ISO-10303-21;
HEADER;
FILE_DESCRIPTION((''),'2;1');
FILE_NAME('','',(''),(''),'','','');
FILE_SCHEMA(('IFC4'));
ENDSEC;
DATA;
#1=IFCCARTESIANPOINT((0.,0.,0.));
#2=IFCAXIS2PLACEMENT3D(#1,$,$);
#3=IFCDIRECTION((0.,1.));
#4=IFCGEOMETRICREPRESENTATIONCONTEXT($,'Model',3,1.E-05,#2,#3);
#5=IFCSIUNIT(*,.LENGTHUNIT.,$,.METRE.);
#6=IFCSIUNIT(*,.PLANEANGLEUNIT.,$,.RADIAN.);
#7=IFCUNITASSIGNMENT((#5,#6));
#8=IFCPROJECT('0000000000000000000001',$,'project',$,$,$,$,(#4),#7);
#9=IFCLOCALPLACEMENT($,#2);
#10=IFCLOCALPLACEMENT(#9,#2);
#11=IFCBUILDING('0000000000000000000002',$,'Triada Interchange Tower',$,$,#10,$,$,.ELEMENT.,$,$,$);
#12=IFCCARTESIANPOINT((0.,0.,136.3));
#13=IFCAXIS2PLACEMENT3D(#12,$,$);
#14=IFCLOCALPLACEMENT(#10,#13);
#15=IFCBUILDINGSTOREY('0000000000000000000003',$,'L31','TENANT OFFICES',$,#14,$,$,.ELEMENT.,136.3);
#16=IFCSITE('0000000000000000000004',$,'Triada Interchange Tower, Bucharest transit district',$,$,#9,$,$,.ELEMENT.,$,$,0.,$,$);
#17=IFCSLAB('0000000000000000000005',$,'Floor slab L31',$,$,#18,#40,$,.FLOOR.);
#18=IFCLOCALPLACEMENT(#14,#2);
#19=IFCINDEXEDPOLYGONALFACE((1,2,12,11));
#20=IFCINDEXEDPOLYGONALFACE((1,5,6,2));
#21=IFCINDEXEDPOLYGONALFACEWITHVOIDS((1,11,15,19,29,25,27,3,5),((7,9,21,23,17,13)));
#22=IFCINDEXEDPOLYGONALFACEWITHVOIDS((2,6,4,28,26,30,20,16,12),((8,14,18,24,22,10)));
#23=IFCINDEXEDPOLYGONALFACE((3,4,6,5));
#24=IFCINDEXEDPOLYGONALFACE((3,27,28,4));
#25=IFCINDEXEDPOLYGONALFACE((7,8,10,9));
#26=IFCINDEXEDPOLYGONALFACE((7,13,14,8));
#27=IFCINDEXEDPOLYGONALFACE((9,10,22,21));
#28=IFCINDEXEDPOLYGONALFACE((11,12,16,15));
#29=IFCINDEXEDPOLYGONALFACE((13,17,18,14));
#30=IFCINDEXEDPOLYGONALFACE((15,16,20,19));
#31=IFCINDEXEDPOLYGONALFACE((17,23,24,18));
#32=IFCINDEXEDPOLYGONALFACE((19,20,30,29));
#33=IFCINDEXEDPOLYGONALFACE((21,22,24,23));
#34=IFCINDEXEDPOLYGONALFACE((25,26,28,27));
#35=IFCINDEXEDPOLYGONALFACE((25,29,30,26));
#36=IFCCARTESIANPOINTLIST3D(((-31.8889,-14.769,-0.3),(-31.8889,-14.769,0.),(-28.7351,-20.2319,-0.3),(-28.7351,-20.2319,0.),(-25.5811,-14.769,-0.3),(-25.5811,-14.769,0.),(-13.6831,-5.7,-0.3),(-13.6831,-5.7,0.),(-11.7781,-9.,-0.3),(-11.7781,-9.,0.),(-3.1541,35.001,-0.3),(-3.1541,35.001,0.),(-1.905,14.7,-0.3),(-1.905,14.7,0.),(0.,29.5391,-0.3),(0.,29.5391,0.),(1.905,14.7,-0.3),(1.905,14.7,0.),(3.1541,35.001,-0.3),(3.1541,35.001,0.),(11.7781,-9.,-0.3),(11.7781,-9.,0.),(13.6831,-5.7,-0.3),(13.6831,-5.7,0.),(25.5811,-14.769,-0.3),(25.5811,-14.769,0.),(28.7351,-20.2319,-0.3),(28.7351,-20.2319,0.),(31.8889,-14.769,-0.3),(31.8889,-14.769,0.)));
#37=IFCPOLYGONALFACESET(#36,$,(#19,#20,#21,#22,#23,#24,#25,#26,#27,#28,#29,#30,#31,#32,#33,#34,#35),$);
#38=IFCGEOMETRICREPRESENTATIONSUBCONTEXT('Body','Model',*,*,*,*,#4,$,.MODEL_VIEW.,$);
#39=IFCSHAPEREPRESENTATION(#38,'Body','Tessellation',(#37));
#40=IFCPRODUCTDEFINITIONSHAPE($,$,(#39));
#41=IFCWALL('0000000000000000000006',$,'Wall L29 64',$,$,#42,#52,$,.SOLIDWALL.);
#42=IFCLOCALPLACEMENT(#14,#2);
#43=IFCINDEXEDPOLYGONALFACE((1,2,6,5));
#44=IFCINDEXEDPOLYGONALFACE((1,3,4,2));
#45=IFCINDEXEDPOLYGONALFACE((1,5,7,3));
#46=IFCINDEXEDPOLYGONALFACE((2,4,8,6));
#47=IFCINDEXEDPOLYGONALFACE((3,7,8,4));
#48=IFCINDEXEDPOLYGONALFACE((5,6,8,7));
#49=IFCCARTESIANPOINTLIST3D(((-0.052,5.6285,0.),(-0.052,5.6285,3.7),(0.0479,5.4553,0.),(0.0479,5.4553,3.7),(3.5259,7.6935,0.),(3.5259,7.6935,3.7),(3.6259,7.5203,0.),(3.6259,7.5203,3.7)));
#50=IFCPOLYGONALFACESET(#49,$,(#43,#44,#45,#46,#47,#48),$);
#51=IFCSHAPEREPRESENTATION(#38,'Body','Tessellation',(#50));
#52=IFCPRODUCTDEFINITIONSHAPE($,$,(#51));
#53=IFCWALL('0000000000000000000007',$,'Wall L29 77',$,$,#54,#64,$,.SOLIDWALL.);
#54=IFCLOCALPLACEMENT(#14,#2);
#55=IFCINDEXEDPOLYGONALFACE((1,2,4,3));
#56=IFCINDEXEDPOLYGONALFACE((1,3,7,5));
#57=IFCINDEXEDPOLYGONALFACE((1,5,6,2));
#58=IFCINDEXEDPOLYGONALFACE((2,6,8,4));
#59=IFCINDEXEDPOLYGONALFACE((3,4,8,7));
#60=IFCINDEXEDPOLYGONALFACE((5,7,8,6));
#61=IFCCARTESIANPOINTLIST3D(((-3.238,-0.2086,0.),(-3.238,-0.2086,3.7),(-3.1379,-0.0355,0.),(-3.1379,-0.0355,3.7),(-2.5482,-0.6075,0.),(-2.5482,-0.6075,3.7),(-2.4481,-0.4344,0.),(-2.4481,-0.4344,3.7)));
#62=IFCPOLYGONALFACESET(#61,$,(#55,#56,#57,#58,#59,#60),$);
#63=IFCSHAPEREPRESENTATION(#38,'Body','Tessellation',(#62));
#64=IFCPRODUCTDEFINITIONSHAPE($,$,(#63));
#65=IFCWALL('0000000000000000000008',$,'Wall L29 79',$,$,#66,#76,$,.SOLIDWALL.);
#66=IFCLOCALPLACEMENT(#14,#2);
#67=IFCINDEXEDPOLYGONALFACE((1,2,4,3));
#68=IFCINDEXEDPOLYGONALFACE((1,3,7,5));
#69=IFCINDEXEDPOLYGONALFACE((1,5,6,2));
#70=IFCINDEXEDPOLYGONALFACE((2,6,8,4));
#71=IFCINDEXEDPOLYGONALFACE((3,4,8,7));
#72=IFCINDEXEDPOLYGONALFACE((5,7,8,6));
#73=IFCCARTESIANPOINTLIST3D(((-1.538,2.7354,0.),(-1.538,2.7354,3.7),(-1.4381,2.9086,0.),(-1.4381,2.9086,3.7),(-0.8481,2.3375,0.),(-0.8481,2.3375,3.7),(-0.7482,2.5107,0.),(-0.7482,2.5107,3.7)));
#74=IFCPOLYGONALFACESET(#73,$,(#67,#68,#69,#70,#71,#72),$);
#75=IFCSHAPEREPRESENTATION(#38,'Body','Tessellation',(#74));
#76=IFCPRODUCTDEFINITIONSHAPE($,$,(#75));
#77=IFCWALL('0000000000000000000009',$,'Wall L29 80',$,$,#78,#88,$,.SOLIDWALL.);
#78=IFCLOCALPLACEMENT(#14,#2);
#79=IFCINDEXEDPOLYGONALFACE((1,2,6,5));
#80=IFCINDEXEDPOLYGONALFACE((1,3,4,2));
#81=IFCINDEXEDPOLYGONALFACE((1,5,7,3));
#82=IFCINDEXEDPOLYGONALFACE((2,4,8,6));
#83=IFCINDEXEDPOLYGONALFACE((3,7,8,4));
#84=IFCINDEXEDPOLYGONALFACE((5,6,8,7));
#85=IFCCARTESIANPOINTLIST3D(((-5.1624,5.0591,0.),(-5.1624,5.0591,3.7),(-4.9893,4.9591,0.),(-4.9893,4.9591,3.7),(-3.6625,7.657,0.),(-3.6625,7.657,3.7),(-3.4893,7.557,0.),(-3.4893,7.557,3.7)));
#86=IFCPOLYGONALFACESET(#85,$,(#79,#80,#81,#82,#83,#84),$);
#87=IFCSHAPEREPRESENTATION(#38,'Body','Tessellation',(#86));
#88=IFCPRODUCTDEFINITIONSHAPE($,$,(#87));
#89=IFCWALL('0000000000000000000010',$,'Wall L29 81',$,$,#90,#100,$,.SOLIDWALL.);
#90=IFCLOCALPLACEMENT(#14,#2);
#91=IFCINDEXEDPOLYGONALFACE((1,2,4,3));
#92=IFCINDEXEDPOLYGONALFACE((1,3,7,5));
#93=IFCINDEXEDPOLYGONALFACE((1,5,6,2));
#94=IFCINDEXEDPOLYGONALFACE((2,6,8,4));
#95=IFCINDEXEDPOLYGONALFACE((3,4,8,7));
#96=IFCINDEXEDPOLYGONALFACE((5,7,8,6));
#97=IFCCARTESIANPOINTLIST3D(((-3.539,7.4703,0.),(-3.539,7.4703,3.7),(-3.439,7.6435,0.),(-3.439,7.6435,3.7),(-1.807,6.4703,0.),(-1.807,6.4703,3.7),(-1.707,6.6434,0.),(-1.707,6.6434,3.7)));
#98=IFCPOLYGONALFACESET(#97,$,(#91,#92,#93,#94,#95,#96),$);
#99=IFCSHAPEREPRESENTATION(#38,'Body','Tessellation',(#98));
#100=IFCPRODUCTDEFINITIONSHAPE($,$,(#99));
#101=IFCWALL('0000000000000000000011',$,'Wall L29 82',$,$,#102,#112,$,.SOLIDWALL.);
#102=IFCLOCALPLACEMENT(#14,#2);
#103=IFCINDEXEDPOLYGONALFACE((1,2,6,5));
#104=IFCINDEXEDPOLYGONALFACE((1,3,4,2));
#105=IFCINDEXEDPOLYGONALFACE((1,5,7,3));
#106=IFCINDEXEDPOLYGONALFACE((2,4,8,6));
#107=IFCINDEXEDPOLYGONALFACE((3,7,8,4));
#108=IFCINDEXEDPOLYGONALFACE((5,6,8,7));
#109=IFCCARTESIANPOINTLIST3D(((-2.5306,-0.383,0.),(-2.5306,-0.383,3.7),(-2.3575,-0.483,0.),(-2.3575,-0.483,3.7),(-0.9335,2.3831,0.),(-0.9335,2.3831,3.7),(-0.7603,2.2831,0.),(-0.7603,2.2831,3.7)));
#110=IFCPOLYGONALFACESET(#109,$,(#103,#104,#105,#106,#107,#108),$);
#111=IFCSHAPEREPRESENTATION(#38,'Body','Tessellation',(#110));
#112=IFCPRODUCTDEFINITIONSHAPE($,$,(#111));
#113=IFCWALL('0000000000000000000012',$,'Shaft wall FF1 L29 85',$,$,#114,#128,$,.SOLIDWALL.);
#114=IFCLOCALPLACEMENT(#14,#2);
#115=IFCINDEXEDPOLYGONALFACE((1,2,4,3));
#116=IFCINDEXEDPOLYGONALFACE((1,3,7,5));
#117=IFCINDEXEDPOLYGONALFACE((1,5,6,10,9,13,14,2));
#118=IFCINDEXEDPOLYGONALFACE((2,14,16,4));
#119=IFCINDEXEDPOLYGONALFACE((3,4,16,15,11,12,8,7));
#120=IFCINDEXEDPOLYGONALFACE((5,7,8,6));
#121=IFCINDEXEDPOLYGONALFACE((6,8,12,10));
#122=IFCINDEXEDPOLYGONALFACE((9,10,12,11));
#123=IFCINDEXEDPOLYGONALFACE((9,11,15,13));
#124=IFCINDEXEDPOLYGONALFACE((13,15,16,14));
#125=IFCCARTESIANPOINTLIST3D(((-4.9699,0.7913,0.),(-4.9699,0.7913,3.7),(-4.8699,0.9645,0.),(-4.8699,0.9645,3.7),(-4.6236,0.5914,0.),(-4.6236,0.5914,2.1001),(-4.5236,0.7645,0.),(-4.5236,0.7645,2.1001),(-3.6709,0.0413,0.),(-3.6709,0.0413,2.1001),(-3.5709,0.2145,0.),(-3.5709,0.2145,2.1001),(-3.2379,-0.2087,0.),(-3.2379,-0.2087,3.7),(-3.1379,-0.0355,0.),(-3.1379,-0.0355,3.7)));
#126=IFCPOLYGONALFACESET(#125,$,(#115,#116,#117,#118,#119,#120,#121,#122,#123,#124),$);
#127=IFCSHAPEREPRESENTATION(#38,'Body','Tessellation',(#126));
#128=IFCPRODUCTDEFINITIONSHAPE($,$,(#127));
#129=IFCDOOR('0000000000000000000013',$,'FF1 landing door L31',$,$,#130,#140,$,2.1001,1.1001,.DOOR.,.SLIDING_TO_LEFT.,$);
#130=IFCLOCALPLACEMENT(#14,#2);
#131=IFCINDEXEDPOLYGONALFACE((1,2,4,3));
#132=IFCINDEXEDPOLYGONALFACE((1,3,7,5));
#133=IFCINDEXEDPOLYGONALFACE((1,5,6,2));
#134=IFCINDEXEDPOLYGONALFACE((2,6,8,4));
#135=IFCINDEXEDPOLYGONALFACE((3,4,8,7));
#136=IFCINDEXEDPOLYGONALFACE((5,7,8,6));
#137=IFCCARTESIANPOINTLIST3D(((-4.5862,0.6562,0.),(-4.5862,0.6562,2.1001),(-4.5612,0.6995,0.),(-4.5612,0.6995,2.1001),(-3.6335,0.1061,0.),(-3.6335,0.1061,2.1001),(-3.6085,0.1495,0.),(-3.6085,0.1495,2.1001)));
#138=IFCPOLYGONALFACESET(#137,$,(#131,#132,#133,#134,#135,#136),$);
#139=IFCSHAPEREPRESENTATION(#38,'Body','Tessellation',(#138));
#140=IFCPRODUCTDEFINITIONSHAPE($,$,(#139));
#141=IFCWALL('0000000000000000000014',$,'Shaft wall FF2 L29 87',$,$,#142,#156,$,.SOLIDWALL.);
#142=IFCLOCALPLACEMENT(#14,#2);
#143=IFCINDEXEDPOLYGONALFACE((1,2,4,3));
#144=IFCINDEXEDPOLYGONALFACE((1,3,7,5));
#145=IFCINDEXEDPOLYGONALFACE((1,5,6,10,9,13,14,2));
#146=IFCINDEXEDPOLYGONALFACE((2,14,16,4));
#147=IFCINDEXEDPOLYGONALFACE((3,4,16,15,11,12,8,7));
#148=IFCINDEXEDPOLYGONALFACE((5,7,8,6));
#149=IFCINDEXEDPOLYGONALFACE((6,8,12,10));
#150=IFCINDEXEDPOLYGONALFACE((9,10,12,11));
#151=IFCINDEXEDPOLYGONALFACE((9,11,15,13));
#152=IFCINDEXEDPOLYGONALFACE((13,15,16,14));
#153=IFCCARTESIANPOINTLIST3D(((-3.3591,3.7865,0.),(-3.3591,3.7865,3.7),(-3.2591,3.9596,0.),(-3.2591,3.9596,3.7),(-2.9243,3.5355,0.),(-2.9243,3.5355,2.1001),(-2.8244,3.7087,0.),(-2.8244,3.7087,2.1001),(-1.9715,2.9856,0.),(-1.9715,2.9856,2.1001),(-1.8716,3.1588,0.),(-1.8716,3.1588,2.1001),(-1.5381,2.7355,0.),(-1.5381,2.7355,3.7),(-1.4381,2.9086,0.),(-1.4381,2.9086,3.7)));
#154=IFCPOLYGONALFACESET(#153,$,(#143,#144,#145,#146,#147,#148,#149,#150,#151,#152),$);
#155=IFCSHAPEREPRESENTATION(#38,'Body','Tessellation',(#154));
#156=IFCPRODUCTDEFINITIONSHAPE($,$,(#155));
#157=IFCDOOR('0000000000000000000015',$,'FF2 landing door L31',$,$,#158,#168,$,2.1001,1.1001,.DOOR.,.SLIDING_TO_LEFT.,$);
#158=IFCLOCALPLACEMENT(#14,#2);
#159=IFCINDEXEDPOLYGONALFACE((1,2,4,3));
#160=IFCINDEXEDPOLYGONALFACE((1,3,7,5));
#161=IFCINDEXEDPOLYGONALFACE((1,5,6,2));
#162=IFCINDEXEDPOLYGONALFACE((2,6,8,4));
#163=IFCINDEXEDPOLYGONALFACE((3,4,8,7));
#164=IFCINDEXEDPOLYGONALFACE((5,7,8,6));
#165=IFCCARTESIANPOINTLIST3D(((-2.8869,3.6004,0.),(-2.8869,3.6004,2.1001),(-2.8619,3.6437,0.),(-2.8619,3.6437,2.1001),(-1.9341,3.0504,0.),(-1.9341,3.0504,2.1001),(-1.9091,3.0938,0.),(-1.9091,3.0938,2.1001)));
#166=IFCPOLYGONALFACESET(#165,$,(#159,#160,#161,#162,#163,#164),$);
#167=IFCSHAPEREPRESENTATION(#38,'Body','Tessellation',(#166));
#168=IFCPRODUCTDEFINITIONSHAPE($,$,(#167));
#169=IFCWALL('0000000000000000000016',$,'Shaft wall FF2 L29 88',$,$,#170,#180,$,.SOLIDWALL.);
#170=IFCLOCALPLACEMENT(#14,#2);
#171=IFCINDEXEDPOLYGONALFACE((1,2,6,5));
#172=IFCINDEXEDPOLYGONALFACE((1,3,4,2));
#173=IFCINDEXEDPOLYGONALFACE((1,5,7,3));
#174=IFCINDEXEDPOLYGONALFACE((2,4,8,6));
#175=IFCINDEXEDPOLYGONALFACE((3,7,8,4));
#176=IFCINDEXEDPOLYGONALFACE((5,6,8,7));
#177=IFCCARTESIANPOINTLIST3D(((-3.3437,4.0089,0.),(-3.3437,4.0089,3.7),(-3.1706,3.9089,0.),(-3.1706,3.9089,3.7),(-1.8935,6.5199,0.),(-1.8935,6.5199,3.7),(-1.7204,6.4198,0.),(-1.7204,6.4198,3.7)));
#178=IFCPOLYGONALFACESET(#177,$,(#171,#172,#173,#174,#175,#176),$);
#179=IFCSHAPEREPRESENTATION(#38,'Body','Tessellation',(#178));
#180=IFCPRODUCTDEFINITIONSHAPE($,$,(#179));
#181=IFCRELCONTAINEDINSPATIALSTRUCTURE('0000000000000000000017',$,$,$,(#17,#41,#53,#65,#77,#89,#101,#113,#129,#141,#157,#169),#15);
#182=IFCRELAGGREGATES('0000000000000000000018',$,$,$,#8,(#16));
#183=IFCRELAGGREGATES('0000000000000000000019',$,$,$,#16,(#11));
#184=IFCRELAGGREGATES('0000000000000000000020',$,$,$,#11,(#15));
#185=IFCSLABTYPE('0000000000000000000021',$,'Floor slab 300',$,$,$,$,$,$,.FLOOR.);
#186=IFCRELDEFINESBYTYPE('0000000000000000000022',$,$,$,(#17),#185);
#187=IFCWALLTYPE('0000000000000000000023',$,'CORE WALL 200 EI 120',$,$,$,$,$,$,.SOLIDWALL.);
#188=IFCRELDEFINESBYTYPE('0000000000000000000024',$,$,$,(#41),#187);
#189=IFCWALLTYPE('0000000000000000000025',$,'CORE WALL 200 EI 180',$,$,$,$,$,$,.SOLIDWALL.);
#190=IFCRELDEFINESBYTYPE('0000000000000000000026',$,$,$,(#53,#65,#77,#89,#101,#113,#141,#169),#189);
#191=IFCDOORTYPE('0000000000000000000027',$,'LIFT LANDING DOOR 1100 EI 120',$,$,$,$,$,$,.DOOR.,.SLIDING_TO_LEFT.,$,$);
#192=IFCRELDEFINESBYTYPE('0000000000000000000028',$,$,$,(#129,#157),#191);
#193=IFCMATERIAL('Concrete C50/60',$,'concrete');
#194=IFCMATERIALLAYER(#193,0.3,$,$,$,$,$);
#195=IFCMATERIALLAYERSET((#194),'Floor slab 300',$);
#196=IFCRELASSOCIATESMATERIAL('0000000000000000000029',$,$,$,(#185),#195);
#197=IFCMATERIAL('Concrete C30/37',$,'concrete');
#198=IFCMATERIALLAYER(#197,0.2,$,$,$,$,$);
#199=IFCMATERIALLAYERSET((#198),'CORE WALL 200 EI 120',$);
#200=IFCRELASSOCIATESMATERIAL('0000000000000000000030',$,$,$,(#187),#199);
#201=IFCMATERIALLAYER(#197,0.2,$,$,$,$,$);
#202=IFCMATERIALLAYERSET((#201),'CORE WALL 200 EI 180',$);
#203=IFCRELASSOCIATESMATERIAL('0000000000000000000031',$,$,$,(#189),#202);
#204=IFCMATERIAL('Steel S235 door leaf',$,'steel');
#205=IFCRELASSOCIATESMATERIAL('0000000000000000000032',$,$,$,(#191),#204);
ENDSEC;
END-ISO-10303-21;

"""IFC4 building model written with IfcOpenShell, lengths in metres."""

from ifc_helpers import new_model, si_unit, direction, frame, frame_2d, origin, place, context, subcontext, project, spatial, polyline, rectangle, outline, extrude, material, layer, layer_set, type_object, element, fill, save


model = new_model("IFC4")

# Units and contexts
model_context = context("Model", 3, precision=1e-05, world=origin(), true_north=direction((0.0, 1.0)))
body_context = subcontext(model_context, "Body", "Model", "MODEL_VIEW")
ifc_project = project(units=[si_unit("LENGTHUNIT", "METRE"), si_unit("PLANEANGLEUNIT", "RADIAN")], contexts=[model_context])

# Site, building, storey
site_placement = place(None, origin())
site = spatial("IfcSite", under=ifc_project, at=site_placement, Name="Triada Interchange Tower, Bucharest transit district", CompositionType="ELEMENT", RefElevation=0.0)
building_placement = place(site_placement, origin())
building = spatial("IfcBuilding", under=site, at=building_placement, Name="Triada Interchange Tower", CompositionType="ELEMENT")
storey_placement = place(building_placement, frame((0.0, 0.0, 136.3)))
storey = spatial("IfcBuildingStorey", under=building, at=storey_placement, Name="L31", Description="TENANT OFFICES", CompositionType="ELEMENT", Elevation=136.3)

# Slab
ifc_material_1 = material(Name="Concrete C50/60", Category="concrete")
ifc_layer_1 = layer(ifc_material_1, 0.3)
ifc_layer_set_1 = layer_set([ifc_layer_1], Name="Floor slab 300")
slab_type = type_object("IfcSlabType", Name="Floor slab 300", PredefinedType="FLOOR", material=ifc_layer_set_1)
slab_placement = place(storey_placement, frame((0.0, 0.0, -0.3)))
element("IfcSlab", 1, at=slab_placement, inside=storey, type_object=slab_type, Name="Floor slab L31", PredefinedType="FLOOR", context=body_context, shape_type="SweptSolid", body=[
    extrude(outline(polyline([(-3.1541, 35.001), (-31.8889, -14.769), (-25.5811, -14.769), (-28.7351, -20.2319), (28.7351, -20.2319), (25.5811, -14.769), (31.8889, -14.769), (3.1541, 35.001), (0.0, 29.5391), (-3.1541, 35.001)]), holes=[polyline([(1.905, 14.7), (-1.905, 14.7), (-13.6831, -5.7), (-11.7781, -9.0), (11.7781, -9.0), (13.6831, -5.7), (1.905, 14.7)])]), origin(), (0.0, 0.0, 1.0), 0.3),
])

# Walls
ifc_material_2 = material(Name="Concrete C30/37", Category="concrete")
ifc_layer_2 = layer(ifc_material_2, 0.2)
ifc_layer_set_2 = layer_set([ifc_layer_2], Name="CORE WALL 200 EI 120")
wall_type_1 = type_object("IfcWallType", Name="CORE WALL 200 EI 120", PredefinedType="SOLIDWALL", material=ifc_layer_set_2)
wall_1_placement = place(storey_placement, frame((-0.002, 5.542, 0.0), z_axis=(0.0, 0.0, 1.0), x_axis=(0.866104, 0.499864, 0.0)))
element("IfcWall", 2, at=wall_1_placement, inside=storey, type_object=wall_type_1, Name="Wall L29 64", PredefinedType="SOLIDWALL", context=body_context, shape_type="SweptSolid", body=[
    extrude(rectangle(XDim=4.1311, YDim=0.2, at=frame_2d((2.0654, 0.0))), origin(), (0.0, 0.0, 1.0), 3.7),
])
ifc_layer_3 = layer(ifc_material_2, 0.2)
ifc_layer_set_3 = layer_set([ifc_layer_3], Name="CORE WALL 200 EI 180")
wall_type_2 = type_object("IfcWallType", Name="CORE WALL 200 EI 180", PredefinedType="SOLIDWALL", material=ifc_layer_set_3)
wall_2_placement = place(storey_placement, frame((-3.188, -0.1221, 0.0), z_axis=(0.0, 0.0, 1.0), x_axis=(0.865706, -0.500553, 0.0)))
element("IfcWall", 3, at=wall_2_placement, inside=storey, type_object=wall_type_2, Name="Wall L29 77", PredefinedType="SOLIDWALL", context=body_context, shape_type="SweptSolid", body=[
    extrude(rectangle(XDim=0.7969, YDim=0.2, at=frame_2d((0.3984, 0.0))), origin(), (0.0, 0.0, 1.0), 3.7),
])
wall_3_placement = place(storey_placement, frame((-1.488, 2.822, 0.0), z_axis=(0.0, 0.0, 1.0), x_axis=(0.866237, -0.499634, 0.0)))
element("IfcWall", 4, at=wall_3_placement, inside=storey, type_object=wall_type_2, Name="Wall L29 79", PredefinedType="SOLIDWALL", context=body_context, shape_type="SweptSolid", body=[
    extrude(rectangle(XDim=0.7964, YDim=0.2, at=frame_2d((0.3982, 0.0))), origin(), (0.0, 0.0, 1.0), 3.7),
])
wall_4_placement = place(storey_placement, frame((-5.0759, 5.009, 0.0), z_axis=(0.0, 0.0, 1.0), x_axis=(0.500025, 0.866011, 0.0)))
element("IfcWall", 5, at=wall_4_placement, inside=storey, type_object=wall_type_2, Name="Wall L29 80", PredefinedType="SOLIDWALL", context=body_context, shape_type="SweptSolid", body=[
    extrude(rectangle(XDim=2.9998, YDim=0.2, at=frame_2d((1.5, 0.0))), origin(), (0.0, 0.0, 1.0), 3.7),
])
wall_5_placement = place(storey_placement, frame((-3.489, 7.5569, 0.0), z_axis=(0.0, 0.0, 1.0), x_axis=(0.866011, -0.500025, 0.0)))
element("IfcWall", 6, at=wall_5_placement, inside=storey, type_object=wall_type_2, Name="Wall L29 81", PredefinedType="SOLIDWALL", context=body_context, shape_type="SweptSolid", body=[
    extrude(rectangle(XDim=2.0, YDim=0.2, at=frame_2d((1.0, 0.0))), origin(), (0.0, 0.0, 1.0), 3.7),
])
wall_6_placement = place(storey_placement, frame((-2.4441, -0.4331, 0.0), z_axis=(0.0, 0.0, 1.0), x_axis=(0.500036, 0.866005, 0.0)))
element("IfcWall", 7, at=wall_6_placement, inside=storey, type_object=wall_type_2, Name="Wall L29 82", PredefinedType="SOLIDWALL", context=body_context, shape_type="SweptSolid", body=[
    extrude(rectangle(XDim=3.1941, YDim=0.2, at=frame_2d((1.5972, 0.0))), origin(), (0.0, 0.0, 1.0), 3.7),
])

# Walls, openings, doors
wall_7_placement = place(storey_placement, frame((-4.9199, 0.8779, 0.0), z_axis=(0.0, 0.0, 1.0), x_axis=(0.866011, -0.500025, 0.0)))
wall_7 = element("IfcWall", 8, at=wall_7_placement, inside=storey, type_object=wall_type_2, Name="Shaft wall FF1 L29 85", PredefinedType="SOLIDWALL", context=body_context, shape_type="SweptSolid", body=[
    extrude(rectangle(XDim=2.0, YDim=0.2, at=frame_2d((1.0, 0.0))), origin(), (0.0, 0.0, 1.0), 3.7),
])
opening_1_placement = place(wall_7_placement, frame((0.3999, 0.0, 0.0)))
opening_1 = element("IfcOpeningElement", 9, at=opening_1_placement, cuts=wall_7, PredefinedType="OPENING", context=body_context, shape_type="SweptSolid", body=[
    extrude(rectangle(XDim=1.1001, YDim=2.1001, at=frame_2d((0.55, 1.05))), frame((0.0, 0.1099, 0.0), z_axis=(0.0, -1.0, 0.0), x_axis=(1.0, 0.0, 0.0)), (0.0, 0.0, 1.0), 0.22),
])
ifc_material_3 = material(Name="Steel S235 door leaf", Category="steel")
door_type = type_object("IfcDoorType", Name="LIFT LANDING DOOR 1100 EI 120", OperationType="SLIDING_TO_LEFT", PredefinedType="DOOR", material=ifc_material_3)
door_1_placement = place(opening_1_placement, origin())
door_1 = element("IfcDoor", 10, at=door_1_placement, inside=storey, type_object=door_type, Name="FF1 landing door L31", OperationType="SLIDING_TO_LEFT", OverallHeight=2.1001, OverallWidth=1.1001, PredefinedType="DOOR", context=body_context, shape_type="SweptSolid", body=[
    extrude(rectangle(XDim=1.1001, YDim=2.1001, at=frame_2d((0.55, 1.05))), frame((0.0, 0.0249, 0.0), z_axis=(0.0, -1.0, 0.0), x_axis=(1.0, 0.0, 0.0)), (0.0, 0.0, 1.0), 0.05),
])
fill(opening_1, door_1)
wall_8_placement = place(storey_placement, frame((-3.3091, 3.873, 0.0), z_axis=(0.0, 0.0, 1.0), x_axis=(0.866099, -0.499873, 0.0)))
wall_8 = element("IfcWall", 11, at=wall_8_placement, inside=storey, type_object=wall_type_2, Name="Shaft wall FF2 L29 87", PredefinedType="SOLIDWALL", context=body_context, shape_type="SweptSolid", body=[
    extrude(rectangle(XDim=2.1025, YDim=0.2, at=frame_2d((1.0513, 0.0))), origin(), (0.0, 0.0, 1.0), 3.7),
])
opening_2_placement = place(wall_8_placement, frame((0.502, 0.0, 0.0)))
opening_2 = element("IfcOpeningElement", 12, at=opening_2_placement, cuts=wall_8, PredefinedType="OPENING", context=body_context, shape_type="SweptSolid", body=[
    extrude(rectangle(XDim=1.1001, YDim=2.1001, at=frame_2d((0.55, 1.05))), frame((0.0, 0.1099, 0.0), z_axis=(0.0, -1.0, 0.0), x_axis=(1.0, 0.0, 0.0)), (0.0, 0.0, 1.0), 0.22),
])
door_2_placement = place(opening_2_placement, origin())
door_2 = element("IfcDoor", 13, at=door_2_placement, inside=storey, type_object=door_type, Name="FF2 landing door L31", OperationType="SLIDING_TO_LEFT", OverallHeight=2.1001, OverallWidth=1.1001, PredefinedType="DOOR", context=body_context, shape_type="SweptSolid", body=[
    extrude(rectangle(XDim=1.1001, YDim=2.1001, at=frame_2d((0.55, 1.05))), frame((0.0, 0.0249, 0.0), z_axis=(0.0, -1.0, 0.0), x_axis=(1.0, 0.0, 0.0)), (0.0, 0.0, 1.0), 0.05),
])
fill(opening_2, door_2)

# Wall
wall_9_placement = place(storey_placement, frame((-3.2571, 3.959, 0.0), z_axis=(0.0, 0.0, 1.0), x_axis=(0.500123, 0.865954, 0.0)))
element("IfcWall", 14, at=wall_9_placement, inside=storey, type_object=wall_type_2, Name="Shaft wall FF2 L29 88", PredefinedType="SOLIDWALL", context=body_context, shape_type="SweptSolid", body=[
    extrude(rectangle(XDim=2.8997, YDim=0.2, at=frame_2d((1.4497, 0.0))), origin(), (0.0, 0.0, 1.0), 3.7),
])

save(model, "model.ifc")
